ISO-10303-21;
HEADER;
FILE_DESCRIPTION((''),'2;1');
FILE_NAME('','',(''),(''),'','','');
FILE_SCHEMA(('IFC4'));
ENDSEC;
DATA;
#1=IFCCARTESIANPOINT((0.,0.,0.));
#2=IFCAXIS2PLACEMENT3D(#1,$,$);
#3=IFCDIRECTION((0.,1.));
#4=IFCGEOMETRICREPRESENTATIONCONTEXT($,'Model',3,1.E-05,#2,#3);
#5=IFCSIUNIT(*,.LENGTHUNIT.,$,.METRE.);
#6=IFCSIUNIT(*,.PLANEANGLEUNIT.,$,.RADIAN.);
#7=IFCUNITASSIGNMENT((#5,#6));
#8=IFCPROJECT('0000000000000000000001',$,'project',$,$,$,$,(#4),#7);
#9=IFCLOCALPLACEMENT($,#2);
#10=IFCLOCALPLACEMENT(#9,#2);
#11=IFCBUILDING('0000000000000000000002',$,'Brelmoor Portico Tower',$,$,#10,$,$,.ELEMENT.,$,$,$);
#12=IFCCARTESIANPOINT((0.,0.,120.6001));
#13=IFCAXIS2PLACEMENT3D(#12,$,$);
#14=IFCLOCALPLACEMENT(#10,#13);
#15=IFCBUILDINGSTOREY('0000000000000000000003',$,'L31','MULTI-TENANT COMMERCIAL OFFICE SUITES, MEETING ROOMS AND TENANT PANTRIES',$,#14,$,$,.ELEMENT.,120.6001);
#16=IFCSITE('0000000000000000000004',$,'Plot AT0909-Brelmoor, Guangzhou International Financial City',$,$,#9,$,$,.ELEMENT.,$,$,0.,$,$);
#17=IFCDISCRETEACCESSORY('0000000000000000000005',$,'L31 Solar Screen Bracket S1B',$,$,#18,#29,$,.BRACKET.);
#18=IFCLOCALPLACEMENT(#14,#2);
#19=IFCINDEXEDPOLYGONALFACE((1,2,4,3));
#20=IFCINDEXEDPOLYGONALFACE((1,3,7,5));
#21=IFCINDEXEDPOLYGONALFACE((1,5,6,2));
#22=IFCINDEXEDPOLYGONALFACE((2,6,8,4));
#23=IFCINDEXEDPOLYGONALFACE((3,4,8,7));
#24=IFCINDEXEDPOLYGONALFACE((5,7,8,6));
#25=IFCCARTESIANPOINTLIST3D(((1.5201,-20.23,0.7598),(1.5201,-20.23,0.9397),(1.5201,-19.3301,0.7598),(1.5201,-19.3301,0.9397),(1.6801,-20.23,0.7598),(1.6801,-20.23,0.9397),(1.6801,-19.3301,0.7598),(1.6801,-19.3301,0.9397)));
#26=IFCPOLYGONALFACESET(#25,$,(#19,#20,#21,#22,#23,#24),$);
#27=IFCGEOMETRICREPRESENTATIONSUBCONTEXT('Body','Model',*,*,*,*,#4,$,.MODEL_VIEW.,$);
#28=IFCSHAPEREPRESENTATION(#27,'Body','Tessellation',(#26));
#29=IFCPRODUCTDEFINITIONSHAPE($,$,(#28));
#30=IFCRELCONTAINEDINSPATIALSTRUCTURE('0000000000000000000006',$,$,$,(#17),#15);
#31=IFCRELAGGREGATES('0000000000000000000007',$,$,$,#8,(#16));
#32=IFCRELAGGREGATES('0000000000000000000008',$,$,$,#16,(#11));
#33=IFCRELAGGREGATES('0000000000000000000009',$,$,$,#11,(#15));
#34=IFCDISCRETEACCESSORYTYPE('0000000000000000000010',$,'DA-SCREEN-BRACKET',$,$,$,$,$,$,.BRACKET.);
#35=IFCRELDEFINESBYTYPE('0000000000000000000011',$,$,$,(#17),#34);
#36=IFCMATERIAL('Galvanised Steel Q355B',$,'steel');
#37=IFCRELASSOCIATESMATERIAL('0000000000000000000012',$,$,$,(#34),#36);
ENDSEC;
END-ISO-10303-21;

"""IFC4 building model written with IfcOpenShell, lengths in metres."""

from ifc_helpers import new_model, si_unit, direction, frame, origin, origin_2d, place, context, subcontext, project, spatial, rectangle, extrude, material, type_object, element, save


model = new_model("IFC4")

# Units and contexts
model_context = context("Model", 3, precision=1e-05, world=origin(), true_north=direction((0.0, 1.0)))
body_context = subcontext(model_context, "Body", "Model", "MODEL_VIEW")
ifc_project = project(units=[si_unit("LENGTHUNIT", "METRE"), si_unit("PLANEANGLEUNIT", "RADIAN")], contexts=[model_context])

# Site, building, storey
site_placement = place(None, origin())
site = spatial("IfcSite", under=ifc_project, at=site_placement, Name="Plot AT0909-Brelmoor, Guangzhou International Financial City", CompositionType="ELEMENT", RefElevation=0.0)
building_placement = place(site_placement, origin())
building = spatial("IfcBuilding", under=site, at=building_placement, Name="Brelmoor Portico Tower", CompositionType="ELEMENT")
storey_placement = place(building_placement, frame((0.0, 0.0, 120.6001)))
storey = spatial("IfcBuildingStorey", under=building, at=storey_placement, Name="L31", Description="MULTI-TENANT COMMERCIAL OFFICE SUITES, MEETING ROOMS AND TENANT PANTRIES", CompositionType="ELEMENT", Elevation=120.6001)

# Discrete accessory
ifc_material_1 = material(Name="Galvanised Steel Q355B", Category="steel")
discrete_accessory_type = type_object("IfcDiscreteAccessoryType", Name="DA-SCREEN-BRACKET", PredefinedType="BRACKET", material=ifc_material_1)
discrete_accessory_placement = place(storey_placement, frame((1.6001, -19.78, 0.7598), z_axis=(0.0, 0.0, 1.0), x_axis=(1.0, 0.0, 0.0)))
element("IfcDiscreteAccessory", 1, at=discrete_accessory_placement, inside=storey, type_object=discrete_accessory_type, Name="L31 Solar Screen Bracket S1B", PredefinedType="BRACKET", context=body_context, shape_type="SweptSolid", body=[
    extrude(rectangle(XDim=0.1599, YDim=0.8999, at=origin_2d()), origin(), (0.0, 0.0, 1.0), 0.1799),
])

save(model, "model.ifc")
